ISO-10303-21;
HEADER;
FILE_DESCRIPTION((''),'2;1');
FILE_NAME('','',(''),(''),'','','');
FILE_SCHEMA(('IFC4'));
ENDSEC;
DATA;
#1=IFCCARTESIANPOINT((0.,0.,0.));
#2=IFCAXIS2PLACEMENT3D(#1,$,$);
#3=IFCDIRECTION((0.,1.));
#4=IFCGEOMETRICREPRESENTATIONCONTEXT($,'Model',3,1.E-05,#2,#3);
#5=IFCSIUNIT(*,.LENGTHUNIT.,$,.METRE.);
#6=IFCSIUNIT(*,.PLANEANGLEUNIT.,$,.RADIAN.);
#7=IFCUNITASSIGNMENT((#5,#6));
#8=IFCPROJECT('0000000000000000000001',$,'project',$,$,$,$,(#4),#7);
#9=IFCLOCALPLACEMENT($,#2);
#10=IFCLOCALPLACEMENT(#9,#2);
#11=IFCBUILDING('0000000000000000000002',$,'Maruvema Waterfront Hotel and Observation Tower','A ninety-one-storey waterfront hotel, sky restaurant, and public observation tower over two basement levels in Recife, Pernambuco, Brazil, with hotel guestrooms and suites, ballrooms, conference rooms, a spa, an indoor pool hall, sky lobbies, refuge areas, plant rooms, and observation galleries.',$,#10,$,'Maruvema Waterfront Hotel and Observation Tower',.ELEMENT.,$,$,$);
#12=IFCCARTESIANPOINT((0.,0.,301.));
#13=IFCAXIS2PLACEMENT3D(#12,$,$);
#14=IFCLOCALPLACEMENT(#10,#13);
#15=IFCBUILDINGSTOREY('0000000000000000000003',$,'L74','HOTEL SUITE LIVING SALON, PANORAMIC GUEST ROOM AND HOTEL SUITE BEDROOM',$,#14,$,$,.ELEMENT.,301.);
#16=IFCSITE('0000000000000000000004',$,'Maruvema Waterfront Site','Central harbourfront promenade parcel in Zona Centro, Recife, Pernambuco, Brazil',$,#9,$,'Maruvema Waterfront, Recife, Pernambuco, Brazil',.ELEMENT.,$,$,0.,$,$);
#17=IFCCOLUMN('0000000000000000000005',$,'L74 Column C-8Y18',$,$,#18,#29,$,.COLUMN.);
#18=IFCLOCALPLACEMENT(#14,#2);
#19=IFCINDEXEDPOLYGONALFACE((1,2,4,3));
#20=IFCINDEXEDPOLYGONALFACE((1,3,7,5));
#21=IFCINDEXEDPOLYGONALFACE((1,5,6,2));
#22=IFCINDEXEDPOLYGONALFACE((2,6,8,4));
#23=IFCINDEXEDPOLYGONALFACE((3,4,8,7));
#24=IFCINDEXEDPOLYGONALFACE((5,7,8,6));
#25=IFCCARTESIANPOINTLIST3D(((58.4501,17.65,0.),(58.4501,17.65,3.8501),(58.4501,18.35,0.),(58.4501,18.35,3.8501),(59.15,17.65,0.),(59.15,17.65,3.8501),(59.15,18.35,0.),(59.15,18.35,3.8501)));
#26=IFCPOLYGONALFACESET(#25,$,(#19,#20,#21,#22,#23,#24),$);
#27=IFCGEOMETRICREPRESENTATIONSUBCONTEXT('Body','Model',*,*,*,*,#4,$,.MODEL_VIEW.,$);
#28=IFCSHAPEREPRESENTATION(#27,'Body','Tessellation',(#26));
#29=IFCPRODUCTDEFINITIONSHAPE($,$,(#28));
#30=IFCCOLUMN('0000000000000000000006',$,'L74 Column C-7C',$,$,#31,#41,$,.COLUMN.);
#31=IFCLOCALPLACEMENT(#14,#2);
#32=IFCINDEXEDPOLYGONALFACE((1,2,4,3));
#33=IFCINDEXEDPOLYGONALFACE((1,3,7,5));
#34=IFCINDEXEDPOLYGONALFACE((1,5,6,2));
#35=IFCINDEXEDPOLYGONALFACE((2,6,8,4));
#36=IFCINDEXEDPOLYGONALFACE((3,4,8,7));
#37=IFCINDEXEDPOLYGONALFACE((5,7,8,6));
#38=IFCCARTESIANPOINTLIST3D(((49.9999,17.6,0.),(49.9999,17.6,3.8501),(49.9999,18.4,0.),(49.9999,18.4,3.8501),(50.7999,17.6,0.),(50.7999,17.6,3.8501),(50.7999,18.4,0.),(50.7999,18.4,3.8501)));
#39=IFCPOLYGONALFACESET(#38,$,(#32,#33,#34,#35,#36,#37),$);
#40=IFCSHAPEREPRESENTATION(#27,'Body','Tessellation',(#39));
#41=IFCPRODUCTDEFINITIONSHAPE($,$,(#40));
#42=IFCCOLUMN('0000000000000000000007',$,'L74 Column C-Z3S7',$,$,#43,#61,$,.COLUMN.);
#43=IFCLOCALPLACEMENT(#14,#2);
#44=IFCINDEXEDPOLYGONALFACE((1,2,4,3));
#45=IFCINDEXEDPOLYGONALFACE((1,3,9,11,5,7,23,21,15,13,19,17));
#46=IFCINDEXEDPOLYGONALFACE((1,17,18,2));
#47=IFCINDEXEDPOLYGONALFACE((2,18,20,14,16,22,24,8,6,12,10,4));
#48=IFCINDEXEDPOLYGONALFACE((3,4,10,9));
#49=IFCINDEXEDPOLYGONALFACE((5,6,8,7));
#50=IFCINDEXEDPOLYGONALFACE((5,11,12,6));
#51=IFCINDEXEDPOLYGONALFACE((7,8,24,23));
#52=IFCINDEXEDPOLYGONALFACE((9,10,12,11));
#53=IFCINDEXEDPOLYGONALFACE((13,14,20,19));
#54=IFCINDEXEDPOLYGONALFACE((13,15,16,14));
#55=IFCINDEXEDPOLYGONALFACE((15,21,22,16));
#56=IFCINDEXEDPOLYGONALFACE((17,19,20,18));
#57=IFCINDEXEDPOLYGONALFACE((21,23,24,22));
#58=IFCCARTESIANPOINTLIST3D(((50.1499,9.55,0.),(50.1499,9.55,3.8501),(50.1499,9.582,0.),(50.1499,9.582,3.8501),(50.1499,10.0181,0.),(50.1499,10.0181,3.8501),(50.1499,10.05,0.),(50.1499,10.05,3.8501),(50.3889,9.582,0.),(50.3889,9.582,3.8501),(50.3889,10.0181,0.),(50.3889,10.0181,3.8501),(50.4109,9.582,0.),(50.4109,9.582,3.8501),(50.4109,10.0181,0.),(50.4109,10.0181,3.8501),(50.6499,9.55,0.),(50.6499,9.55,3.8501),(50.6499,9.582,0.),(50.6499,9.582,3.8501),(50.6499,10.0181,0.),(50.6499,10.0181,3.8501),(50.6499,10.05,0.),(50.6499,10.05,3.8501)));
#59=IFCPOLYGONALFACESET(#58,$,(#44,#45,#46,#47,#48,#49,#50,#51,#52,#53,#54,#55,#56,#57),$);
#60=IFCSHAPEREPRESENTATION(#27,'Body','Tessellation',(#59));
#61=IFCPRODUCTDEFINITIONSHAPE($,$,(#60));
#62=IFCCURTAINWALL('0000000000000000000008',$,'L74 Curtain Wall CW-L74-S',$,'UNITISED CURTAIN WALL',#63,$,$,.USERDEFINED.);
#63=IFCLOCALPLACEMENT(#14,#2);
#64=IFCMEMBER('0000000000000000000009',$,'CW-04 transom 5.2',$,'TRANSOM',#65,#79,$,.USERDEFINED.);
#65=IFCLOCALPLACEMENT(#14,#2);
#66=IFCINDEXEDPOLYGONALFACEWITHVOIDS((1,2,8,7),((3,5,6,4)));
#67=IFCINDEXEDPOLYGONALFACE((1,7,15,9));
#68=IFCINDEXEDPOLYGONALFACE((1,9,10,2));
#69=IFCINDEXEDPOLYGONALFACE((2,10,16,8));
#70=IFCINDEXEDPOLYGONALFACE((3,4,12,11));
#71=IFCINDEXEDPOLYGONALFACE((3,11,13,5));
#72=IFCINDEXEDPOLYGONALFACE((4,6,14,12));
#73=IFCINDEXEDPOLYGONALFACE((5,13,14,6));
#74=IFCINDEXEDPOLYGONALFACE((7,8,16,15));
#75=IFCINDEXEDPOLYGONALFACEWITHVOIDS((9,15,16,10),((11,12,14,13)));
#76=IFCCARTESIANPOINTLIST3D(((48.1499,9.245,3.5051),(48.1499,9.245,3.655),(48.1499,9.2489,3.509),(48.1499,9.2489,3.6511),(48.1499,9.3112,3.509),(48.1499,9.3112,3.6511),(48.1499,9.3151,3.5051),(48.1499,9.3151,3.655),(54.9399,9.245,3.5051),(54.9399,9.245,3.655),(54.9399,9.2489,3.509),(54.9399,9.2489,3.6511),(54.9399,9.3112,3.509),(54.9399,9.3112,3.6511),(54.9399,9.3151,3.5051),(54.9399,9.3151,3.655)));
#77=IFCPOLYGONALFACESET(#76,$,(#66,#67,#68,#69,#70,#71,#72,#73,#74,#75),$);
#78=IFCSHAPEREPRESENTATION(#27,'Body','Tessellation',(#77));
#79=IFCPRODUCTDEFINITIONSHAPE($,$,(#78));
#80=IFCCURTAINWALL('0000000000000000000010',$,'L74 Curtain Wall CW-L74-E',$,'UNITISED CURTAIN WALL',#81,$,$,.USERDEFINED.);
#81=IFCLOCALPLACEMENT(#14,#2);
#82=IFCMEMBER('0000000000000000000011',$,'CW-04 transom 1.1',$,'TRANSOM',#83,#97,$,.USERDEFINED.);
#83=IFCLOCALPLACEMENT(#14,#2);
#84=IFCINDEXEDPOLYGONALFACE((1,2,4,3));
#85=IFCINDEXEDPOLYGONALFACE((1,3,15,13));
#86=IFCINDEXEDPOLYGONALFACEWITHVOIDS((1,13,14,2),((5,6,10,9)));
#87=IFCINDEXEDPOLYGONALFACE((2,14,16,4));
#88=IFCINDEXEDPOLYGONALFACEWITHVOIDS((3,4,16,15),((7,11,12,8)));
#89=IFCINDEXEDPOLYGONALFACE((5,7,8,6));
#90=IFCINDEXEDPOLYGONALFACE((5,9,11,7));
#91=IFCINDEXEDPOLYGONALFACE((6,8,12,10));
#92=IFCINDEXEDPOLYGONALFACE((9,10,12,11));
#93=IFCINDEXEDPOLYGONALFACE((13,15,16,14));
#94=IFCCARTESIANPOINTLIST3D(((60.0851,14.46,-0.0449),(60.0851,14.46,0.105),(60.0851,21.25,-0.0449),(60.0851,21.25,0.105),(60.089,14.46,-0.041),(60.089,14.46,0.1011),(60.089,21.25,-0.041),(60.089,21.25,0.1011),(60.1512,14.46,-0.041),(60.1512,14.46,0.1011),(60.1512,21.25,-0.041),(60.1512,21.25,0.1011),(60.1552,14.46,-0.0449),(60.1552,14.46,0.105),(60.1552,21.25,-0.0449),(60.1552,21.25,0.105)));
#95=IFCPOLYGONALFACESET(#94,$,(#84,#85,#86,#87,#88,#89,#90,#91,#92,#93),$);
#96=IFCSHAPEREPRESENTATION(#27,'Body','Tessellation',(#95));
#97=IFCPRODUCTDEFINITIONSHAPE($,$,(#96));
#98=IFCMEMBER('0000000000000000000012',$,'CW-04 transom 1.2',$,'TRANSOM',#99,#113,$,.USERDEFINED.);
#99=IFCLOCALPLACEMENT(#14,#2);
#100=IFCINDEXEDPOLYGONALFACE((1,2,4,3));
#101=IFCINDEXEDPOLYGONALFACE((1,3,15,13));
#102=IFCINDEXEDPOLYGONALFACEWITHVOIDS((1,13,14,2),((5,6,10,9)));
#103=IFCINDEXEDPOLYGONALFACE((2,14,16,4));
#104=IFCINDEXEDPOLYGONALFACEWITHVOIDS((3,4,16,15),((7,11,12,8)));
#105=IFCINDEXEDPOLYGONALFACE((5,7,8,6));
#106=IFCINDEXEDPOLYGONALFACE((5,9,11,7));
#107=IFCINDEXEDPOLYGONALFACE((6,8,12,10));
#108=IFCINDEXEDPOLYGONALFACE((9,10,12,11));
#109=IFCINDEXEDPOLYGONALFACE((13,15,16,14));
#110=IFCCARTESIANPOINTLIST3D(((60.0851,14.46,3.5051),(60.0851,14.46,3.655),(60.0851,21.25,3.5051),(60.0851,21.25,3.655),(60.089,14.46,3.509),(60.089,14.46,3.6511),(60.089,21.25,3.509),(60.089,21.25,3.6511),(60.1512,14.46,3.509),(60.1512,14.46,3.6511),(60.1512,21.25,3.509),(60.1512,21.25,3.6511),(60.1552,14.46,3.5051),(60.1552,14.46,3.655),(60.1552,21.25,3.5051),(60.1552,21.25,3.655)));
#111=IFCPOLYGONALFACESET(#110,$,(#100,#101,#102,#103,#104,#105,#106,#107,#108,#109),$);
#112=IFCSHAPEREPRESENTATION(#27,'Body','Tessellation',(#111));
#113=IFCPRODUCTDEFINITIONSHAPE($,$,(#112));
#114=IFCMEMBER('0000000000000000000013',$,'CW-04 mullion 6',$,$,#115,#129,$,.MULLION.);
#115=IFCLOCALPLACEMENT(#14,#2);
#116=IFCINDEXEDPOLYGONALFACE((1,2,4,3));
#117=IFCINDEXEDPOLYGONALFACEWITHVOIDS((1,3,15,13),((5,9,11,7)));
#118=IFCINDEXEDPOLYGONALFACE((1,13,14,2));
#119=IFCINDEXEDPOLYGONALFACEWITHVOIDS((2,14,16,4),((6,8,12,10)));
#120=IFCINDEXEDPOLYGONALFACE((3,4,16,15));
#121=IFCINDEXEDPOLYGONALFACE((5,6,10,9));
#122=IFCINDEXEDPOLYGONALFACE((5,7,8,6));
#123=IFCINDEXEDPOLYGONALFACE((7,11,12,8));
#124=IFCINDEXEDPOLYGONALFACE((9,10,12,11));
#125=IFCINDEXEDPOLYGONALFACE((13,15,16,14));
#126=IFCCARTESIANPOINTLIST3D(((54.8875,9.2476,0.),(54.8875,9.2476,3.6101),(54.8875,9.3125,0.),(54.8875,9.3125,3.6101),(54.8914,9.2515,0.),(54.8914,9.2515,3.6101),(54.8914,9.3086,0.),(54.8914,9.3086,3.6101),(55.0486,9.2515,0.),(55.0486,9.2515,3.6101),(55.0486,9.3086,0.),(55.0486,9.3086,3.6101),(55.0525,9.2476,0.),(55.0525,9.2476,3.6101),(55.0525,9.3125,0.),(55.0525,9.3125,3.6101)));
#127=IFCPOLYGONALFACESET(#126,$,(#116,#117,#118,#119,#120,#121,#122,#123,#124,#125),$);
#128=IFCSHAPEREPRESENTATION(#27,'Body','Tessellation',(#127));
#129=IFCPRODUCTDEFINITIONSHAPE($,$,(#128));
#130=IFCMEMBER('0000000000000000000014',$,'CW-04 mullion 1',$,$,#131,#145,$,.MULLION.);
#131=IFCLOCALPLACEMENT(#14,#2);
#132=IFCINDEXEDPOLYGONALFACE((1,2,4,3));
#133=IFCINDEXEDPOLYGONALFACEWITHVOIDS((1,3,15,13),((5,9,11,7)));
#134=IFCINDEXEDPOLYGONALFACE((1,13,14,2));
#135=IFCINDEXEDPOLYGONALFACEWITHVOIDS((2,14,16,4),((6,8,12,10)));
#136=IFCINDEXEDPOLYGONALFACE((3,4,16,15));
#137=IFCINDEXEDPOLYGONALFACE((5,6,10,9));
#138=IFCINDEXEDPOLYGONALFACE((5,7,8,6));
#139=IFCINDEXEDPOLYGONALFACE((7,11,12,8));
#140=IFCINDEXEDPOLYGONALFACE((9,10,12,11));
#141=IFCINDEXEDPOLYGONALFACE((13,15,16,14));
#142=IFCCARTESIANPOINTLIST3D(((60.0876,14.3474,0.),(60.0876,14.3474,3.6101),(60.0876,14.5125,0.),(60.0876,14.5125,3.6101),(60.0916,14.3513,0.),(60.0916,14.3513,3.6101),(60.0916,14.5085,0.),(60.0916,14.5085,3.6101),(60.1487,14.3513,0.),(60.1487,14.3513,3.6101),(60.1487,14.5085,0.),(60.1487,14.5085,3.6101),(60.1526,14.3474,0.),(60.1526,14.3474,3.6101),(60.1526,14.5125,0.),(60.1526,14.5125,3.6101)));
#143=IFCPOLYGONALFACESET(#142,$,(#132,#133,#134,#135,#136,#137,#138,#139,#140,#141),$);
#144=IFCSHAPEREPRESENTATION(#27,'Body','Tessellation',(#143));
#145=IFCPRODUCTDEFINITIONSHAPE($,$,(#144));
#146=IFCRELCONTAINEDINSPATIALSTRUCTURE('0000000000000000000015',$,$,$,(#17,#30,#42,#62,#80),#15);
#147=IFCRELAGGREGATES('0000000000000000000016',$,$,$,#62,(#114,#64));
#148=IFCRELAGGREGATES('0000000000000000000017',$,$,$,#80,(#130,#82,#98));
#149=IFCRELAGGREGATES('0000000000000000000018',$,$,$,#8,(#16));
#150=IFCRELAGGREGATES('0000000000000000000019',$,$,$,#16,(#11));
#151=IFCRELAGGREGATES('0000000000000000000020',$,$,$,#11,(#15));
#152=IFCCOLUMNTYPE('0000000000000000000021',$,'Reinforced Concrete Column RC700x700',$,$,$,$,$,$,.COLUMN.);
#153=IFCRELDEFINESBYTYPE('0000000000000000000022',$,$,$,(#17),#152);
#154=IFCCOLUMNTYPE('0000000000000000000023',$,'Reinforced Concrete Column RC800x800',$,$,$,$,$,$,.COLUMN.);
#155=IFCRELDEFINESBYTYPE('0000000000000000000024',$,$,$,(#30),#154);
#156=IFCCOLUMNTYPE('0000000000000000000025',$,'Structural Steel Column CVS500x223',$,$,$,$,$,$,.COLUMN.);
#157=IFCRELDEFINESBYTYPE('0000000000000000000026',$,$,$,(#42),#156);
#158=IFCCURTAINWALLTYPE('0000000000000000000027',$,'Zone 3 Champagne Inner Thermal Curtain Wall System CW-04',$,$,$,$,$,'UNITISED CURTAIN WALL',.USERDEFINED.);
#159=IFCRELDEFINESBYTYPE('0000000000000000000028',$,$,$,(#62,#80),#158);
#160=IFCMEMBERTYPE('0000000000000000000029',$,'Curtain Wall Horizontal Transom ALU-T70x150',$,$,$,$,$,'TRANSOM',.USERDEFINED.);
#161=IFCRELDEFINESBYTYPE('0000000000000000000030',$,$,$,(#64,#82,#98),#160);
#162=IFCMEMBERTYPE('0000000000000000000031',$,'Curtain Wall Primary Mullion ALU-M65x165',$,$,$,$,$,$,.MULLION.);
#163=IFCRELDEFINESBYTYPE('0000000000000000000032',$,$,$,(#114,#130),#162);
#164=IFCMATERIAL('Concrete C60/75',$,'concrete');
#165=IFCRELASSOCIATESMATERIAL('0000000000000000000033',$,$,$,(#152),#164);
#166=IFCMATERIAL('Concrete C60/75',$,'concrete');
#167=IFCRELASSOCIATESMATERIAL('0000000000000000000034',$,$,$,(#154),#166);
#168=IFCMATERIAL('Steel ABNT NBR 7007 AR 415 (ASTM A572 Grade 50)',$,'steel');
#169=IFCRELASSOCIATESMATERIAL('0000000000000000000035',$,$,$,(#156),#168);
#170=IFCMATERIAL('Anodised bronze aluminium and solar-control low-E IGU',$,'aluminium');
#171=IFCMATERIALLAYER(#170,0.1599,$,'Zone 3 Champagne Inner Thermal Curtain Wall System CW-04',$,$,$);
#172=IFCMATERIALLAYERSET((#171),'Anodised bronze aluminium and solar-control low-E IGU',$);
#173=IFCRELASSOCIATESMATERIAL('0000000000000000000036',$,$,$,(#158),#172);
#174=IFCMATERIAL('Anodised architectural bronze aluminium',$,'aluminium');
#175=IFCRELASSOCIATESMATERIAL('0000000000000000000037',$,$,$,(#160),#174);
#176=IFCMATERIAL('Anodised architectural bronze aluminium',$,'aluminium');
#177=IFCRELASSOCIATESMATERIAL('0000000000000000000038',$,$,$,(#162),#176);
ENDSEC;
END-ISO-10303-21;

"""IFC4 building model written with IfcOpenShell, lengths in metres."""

from ifc_helpers import new_model, si_unit, direction, frame, origin, origin_2d, place, context, subcontext, project, spatial, rectangle, hollow_rectangle, i_section, extrude, material, layer, layer_set, material_profile, profile_set, type_object, element, aggregate, save


model = new_model("IFC4")

# Units and contexts
model_context = context("Model", 3, precision=1e-05, world=origin(), true_north=direction((0.0, 1.0)))
body_context = subcontext(model_context, "Body", "Model", "MODEL_VIEW")
ifc_project = project(units=[si_unit("LENGTHUNIT", "METRE"), si_unit("PLANEANGLEUNIT", "RADIAN")], contexts=[model_context])

# Site, building, storey
site_placement = place(None, origin())
site = spatial("IfcSite", under=ifc_project, at=site_placement, Name="Maruvema Waterfront Site", Description="Central harbourfront promenade parcel in Zona Centro, Recife, Pernambuco, Brazil", LongName="Maruvema Waterfront, Recife, Pernambuco, Brazil", CompositionType="ELEMENT", RefElevation=0.0)
building_placement = place(site_placement, origin())
building = spatial("IfcBuilding", under=site, at=building_placement, Name="Maruvema Waterfront Hotel and Observation Tower", Description="A ninety-one-storey waterfront hotel, sky restaurant, and public observation tower over two basement levels in Recife, Pernambuco, Brazil, with hotel guestrooms and suites, ballrooms, conference rooms, a spa, an indoor pool hall, sky lobbies, refuge areas, plant rooms, and observation galleries.", LongName="Maruvema Waterfront Hotel and Observation Tower", CompositionType="ELEMENT")
storey_placement = place(building_placement, frame((0.0, 0.0, 301.0)))
storey = spatial("IfcBuildingStorey", under=building, at=storey_placement, Name="L74", Description="HOTEL SUITE LIVING SALON, PANORAMIC GUEST ROOM AND HOTEL SUITE BEDROOM", CompositionType="ELEMENT", Elevation=301.0)

# Columns
ifc_material_1 = material(Name="Concrete C60/75", Category="concrete")
ifc_material_profile_1 = material_profile(ifc_material_1, rectangle(XDim=0.7, YDim=0.7, at=origin_2d()), Name="RC700x700")
ifc_profile_set_1 = profile_set([ifc_material_profile_1], Name="Concrete C60/75")
column_type_1 = type_object("IfcColumnType", Name="Reinforced Concrete Column RC700x700", PredefinedType="COLUMN", material=ifc_profile_set_1)
column_1_placement = place(storey_placement, frame((58.8, 18.0, 0.0), z_axis=(0.0, 0.0, 1.0), x_axis=(1.0, 0.0, 0.0)))
element("IfcColumn", 1, at=column_1_placement, inside=storey, type_object=column_type_1, Name="L74 Column C-8Y18", PredefinedType="COLUMN", context=body_context, shape_type="SweptSolid", body=[
    extrude(rectangle(XDim=0.7, YDim=0.7, at=origin_2d()), origin(), (0.0, 0.0, 1.0), 3.8501),
])
ifc_material_2 = material(Name="Concrete C60/75", Category="concrete")
ifc_material_profile_2 = material_profile(ifc_material_2, rectangle(XDim=0.8, YDim=0.8, at=origin_2d()), Name="RC800x800")
ifc_profile_set_2 = profile_set([ifc_material_profile_2], Name="Concrete C60/75")
column_type_2 = type_object("IfcColumnType", Name="Reinforced Concrete Column RC800x800", PredefinedType="COLUMN", material=ifc_profile_set_2)
column_2_placement = place(storey_placement, frame((50.3999, 18.0, 0.0), z_axis=(0.0, 0.0, 1.0), x_axis=(1.0, 0.0, 0.0)))
element("IfcColumn", 2, at=column_2_placement, inside=storey, type_object=column_type_2, Name="L74 Column C-7C", PredefinedType="COLUMN", context=body_context, shape_type="SweptSolid", body=[
    extrude(rectangle(XDim=0.8, YDim=0.8, at=origin_2d()), origin(), (0.0, 0.0, 1.0), 3.8501),
])
ifc_material_3 = material(Name="Steel ABNT NBR 7007 AR 415 (ASTM A572 Grade 50)", Category="steel")
ifc_material_profile_3 = material_profile(ifc_material_3, i_section(OverallWidth=0.5, OverallDepth=0.5, WebThickness=0.022, FlangeThickness=0.032, at=origin_2d()), Name="CVS500x223")
ifc_profile_set_3 = profile_set([ifc_material_profile_3], Name="Steel ABNT NBR 7007 AR 415 (ASTM A572 Grade 50)")
column_type_3 = type_object("IfcColumnType", Name="Structural Steel Column CVS500x223", PredefinedType="COLUMN", material=ifc_profile_set_3)
column_3_placement = place(storey_placement, frame((50.3999, 9.8, 0.0), z_axis=(0.0, 0.0, 1.0), x_axis=(1.0, 0.0, 0.0)))
element("IfcColumn", 3, at=column_3_placement, inside=storey, type_object=column_type_3, Name="L74 Column C-Z3S7", PredefinedType="COLUMN", context=body_context, shape_type="SweptSolid", body=[
    extrude(i_section(OverallWidth=0.5, OverallDepth=0.5, WebThickness=0.022, FlangeThickness=0.032, at=origin_2d()), origin(), (0.0, 0.0, 1.0), 3.8501),
])

# Curtain wall, member
ifc_material_4 = material(Name="Anodised bronze aluminium and solar-control low-E IGU", Category="aluminium")
ifc_layer_1 = layer(ifc_material_4, 0.1599, Name="Zone 3 Champagne Inner Thermal Curtain Wall System CW-04")
ifc_layer_set_1 = layer_set([ifc_layer_1], Name="Anodised bronze aluminium and solar-control low-E IGU")
curtain_wall_type = type_object("IfcCurtainWallType", Name="Zone 3 Champagne Inner Thermal Curtain Wall System CW-04", ElementType="UNITISED CURTAIN WALL", PredefinedType="USERDEFINED", material=ifc_layer_set_1)
curtain_wall_1_placement = place(storey_placement, origin())
curtain_wall_1 = element("IfcCurtainWall", 4, at=curtain_wall_1_placement, inside=storey, type_object=curtain_wall_type, Name="L74 Curtain Wall CW-L74-S", ObjectType="UNITISED CURTAIN WALL", PredefinedType="USERDEFINED")
ifc_material_5 = material(Name="Anodised architectural bronze aluminium", Category="aluminium")
ifc_material_profile_4 = material_profile(ifc_material_5, hollow_rectangle(XDim=0.0701, YDim=0.1499, WallThickness=0.0039, at=origin_2d()), Name="ALU-T70x150")
ifc_profile_set_4 = profile_set([ifc_material_profile_4], Name="Anodised architectural bronze aluminium")
member_type_1 = type_object("IfcMemberType", Name="Curtain Wall Horizontal Transom ALU-T70x150", ElementType="TRANSOM", PredefinedType="USERDEFINED", material=ifc_profile_set_4)
member_1_placement = place(storey_placement, frame((48.1499, 9.28, 3.5801), z_axis=(1.0, 0.0, 0.0), x_axis=(0.0, 1.0, 0.0)))
member_1 = element("IfcMember", 5, at=member_1_placement, type_object=member_type_1, Name="CW-04 transom 5.2", ObjectType="TRANSOM", PredefinedType="USERDEFINED", context=body_context, shape_type="SweptSolid", body=[
    extrude(hollow_rectangle(XDim=0.0701, YDim=0.1499, WallThickness=0.0039, at=origin_2d()), origin(), (0.0, 0.0, 1.0), 6.79),
])

# Curtain wall, members
curtain_wall_2_placement = place(storey_placement, origin())
curtain_wall_2 = element("IfcCurtainWall", 6, at=curtain_wall_2_placement, inside=storey, type_object=curtain_wall_type, Name="L74 Curtain Wall CW-L74-E", ObjectType="UNITISED CURTAIN WALL", PredefinedType="USERDEFINED")
member_2_placement = place(storey_placement, frame((60.1201, 14.46, 0.03), z_axis=(0.0, 1.0, 0.0), x_axis=(-1.0, 0.0, 0.0)))
member_2 = element("IfcMember", 7, at=member_2_placement, type_object=member_type_1, Name="CW-04 transom 1.1", ObjectType="TRANSOM", PredefinedType="USERDEFINED", context=body_context, shape_type="SweptSolid", body=[
    extrude(hollow_rectangle(XDim=0.0701, YDim=0.1499, WallThickness=0.0039, at=origin_2d()), origin(), (0.0, 0.0, 1.0), 6.79),
])
member_3_placement = place(storey_placement, frame((60.1201, 14.46, 3.5801), z_axis=(0.0, 1.0, 0.0), x_axis=(-1.0, 0.0, 0.0)))
member_3 = element("IfcMember", 8, at=member_3_placement, type_object=member_type_1, Name="CW-04 transom 1.2", ObjectType="TRANSOM", PredefinedType="USERDEFINED", context=body_context, shape_type="SweptSolid", body=[
    extrude(hollow_rectangle(XDim=0.0701, YDim=0.1499, WallThickness=0.0039, at=origin_2d()), origin(), (0.0, 0.0, 1.0), 6.79),
])

# Members
ifc_material_6 = material(Name="Anodised architectural bronze aluminium", Category="aluminium")
ifc_material_profile_5 = material_profile(ifc_material_6, hollow_rectangle(XDim=0.0649, YDim=0.165, WallThickness=0.0039, at=origin_2d()), Name="ALU-M65x165")
ifc_profile_set_5 = profile_set([ifc_material_profile_5], Name="Anodised architectural bronze aluminium")
member_type_2 = type_object("IfcMemberType", Name="Curtain Wall Primary Mullion ALU-M65x165", PredefinedType="MULLION", material=ifc_profile_set_5)
member_4_placement = place(storey_placement, frame((54.97, 9.28, 0.0), z_axis=(0.0, 0.0, 1.0), x_axis=(0.0, 1.0, 0.0)))
member_4 = element("IfcMember", 9, at=member_4_placement, type_object=member_type_2, Name="CW-04 mullion 6", PredefinedType="MULLION", context=body_context, shape_type="SweptSolid", body=[
    extrude(hollow_rectangle(XDim=0.0649, YDim=0.165, WallThickness=0.0039, at=origin_2d()), origin(), (0.0, 0.0, 1.0), 3.6101),
])
member_5_placement = place(storey_placement, frame((60.1201, 14.4299, 0.0), z_axis=(0.0, 0.0, 1.0), x_axis=(-1.0, 0.0, 0.0)))
member_5 = element("IfcMember", 10, at=member_5_placement, type_object=member_type_2, Name="CW-04 mullion 1", PredefinedType="MULLION", context=body_context, shape_type="SweptSolid", body=[
    extrude(hollow_rectangle(XDim=0.0649, YDim=0.165, WallThickness=0.0039, at=origin_2d()), origin(), (0.0, 0.0, 1.0), 3.6101),
])

aggregate(curtain_wall_1, [member_4, member_1])
aggregate(curtain_wall_2, [member_5, member_2, member_3])

save(model, "model.ifc")
